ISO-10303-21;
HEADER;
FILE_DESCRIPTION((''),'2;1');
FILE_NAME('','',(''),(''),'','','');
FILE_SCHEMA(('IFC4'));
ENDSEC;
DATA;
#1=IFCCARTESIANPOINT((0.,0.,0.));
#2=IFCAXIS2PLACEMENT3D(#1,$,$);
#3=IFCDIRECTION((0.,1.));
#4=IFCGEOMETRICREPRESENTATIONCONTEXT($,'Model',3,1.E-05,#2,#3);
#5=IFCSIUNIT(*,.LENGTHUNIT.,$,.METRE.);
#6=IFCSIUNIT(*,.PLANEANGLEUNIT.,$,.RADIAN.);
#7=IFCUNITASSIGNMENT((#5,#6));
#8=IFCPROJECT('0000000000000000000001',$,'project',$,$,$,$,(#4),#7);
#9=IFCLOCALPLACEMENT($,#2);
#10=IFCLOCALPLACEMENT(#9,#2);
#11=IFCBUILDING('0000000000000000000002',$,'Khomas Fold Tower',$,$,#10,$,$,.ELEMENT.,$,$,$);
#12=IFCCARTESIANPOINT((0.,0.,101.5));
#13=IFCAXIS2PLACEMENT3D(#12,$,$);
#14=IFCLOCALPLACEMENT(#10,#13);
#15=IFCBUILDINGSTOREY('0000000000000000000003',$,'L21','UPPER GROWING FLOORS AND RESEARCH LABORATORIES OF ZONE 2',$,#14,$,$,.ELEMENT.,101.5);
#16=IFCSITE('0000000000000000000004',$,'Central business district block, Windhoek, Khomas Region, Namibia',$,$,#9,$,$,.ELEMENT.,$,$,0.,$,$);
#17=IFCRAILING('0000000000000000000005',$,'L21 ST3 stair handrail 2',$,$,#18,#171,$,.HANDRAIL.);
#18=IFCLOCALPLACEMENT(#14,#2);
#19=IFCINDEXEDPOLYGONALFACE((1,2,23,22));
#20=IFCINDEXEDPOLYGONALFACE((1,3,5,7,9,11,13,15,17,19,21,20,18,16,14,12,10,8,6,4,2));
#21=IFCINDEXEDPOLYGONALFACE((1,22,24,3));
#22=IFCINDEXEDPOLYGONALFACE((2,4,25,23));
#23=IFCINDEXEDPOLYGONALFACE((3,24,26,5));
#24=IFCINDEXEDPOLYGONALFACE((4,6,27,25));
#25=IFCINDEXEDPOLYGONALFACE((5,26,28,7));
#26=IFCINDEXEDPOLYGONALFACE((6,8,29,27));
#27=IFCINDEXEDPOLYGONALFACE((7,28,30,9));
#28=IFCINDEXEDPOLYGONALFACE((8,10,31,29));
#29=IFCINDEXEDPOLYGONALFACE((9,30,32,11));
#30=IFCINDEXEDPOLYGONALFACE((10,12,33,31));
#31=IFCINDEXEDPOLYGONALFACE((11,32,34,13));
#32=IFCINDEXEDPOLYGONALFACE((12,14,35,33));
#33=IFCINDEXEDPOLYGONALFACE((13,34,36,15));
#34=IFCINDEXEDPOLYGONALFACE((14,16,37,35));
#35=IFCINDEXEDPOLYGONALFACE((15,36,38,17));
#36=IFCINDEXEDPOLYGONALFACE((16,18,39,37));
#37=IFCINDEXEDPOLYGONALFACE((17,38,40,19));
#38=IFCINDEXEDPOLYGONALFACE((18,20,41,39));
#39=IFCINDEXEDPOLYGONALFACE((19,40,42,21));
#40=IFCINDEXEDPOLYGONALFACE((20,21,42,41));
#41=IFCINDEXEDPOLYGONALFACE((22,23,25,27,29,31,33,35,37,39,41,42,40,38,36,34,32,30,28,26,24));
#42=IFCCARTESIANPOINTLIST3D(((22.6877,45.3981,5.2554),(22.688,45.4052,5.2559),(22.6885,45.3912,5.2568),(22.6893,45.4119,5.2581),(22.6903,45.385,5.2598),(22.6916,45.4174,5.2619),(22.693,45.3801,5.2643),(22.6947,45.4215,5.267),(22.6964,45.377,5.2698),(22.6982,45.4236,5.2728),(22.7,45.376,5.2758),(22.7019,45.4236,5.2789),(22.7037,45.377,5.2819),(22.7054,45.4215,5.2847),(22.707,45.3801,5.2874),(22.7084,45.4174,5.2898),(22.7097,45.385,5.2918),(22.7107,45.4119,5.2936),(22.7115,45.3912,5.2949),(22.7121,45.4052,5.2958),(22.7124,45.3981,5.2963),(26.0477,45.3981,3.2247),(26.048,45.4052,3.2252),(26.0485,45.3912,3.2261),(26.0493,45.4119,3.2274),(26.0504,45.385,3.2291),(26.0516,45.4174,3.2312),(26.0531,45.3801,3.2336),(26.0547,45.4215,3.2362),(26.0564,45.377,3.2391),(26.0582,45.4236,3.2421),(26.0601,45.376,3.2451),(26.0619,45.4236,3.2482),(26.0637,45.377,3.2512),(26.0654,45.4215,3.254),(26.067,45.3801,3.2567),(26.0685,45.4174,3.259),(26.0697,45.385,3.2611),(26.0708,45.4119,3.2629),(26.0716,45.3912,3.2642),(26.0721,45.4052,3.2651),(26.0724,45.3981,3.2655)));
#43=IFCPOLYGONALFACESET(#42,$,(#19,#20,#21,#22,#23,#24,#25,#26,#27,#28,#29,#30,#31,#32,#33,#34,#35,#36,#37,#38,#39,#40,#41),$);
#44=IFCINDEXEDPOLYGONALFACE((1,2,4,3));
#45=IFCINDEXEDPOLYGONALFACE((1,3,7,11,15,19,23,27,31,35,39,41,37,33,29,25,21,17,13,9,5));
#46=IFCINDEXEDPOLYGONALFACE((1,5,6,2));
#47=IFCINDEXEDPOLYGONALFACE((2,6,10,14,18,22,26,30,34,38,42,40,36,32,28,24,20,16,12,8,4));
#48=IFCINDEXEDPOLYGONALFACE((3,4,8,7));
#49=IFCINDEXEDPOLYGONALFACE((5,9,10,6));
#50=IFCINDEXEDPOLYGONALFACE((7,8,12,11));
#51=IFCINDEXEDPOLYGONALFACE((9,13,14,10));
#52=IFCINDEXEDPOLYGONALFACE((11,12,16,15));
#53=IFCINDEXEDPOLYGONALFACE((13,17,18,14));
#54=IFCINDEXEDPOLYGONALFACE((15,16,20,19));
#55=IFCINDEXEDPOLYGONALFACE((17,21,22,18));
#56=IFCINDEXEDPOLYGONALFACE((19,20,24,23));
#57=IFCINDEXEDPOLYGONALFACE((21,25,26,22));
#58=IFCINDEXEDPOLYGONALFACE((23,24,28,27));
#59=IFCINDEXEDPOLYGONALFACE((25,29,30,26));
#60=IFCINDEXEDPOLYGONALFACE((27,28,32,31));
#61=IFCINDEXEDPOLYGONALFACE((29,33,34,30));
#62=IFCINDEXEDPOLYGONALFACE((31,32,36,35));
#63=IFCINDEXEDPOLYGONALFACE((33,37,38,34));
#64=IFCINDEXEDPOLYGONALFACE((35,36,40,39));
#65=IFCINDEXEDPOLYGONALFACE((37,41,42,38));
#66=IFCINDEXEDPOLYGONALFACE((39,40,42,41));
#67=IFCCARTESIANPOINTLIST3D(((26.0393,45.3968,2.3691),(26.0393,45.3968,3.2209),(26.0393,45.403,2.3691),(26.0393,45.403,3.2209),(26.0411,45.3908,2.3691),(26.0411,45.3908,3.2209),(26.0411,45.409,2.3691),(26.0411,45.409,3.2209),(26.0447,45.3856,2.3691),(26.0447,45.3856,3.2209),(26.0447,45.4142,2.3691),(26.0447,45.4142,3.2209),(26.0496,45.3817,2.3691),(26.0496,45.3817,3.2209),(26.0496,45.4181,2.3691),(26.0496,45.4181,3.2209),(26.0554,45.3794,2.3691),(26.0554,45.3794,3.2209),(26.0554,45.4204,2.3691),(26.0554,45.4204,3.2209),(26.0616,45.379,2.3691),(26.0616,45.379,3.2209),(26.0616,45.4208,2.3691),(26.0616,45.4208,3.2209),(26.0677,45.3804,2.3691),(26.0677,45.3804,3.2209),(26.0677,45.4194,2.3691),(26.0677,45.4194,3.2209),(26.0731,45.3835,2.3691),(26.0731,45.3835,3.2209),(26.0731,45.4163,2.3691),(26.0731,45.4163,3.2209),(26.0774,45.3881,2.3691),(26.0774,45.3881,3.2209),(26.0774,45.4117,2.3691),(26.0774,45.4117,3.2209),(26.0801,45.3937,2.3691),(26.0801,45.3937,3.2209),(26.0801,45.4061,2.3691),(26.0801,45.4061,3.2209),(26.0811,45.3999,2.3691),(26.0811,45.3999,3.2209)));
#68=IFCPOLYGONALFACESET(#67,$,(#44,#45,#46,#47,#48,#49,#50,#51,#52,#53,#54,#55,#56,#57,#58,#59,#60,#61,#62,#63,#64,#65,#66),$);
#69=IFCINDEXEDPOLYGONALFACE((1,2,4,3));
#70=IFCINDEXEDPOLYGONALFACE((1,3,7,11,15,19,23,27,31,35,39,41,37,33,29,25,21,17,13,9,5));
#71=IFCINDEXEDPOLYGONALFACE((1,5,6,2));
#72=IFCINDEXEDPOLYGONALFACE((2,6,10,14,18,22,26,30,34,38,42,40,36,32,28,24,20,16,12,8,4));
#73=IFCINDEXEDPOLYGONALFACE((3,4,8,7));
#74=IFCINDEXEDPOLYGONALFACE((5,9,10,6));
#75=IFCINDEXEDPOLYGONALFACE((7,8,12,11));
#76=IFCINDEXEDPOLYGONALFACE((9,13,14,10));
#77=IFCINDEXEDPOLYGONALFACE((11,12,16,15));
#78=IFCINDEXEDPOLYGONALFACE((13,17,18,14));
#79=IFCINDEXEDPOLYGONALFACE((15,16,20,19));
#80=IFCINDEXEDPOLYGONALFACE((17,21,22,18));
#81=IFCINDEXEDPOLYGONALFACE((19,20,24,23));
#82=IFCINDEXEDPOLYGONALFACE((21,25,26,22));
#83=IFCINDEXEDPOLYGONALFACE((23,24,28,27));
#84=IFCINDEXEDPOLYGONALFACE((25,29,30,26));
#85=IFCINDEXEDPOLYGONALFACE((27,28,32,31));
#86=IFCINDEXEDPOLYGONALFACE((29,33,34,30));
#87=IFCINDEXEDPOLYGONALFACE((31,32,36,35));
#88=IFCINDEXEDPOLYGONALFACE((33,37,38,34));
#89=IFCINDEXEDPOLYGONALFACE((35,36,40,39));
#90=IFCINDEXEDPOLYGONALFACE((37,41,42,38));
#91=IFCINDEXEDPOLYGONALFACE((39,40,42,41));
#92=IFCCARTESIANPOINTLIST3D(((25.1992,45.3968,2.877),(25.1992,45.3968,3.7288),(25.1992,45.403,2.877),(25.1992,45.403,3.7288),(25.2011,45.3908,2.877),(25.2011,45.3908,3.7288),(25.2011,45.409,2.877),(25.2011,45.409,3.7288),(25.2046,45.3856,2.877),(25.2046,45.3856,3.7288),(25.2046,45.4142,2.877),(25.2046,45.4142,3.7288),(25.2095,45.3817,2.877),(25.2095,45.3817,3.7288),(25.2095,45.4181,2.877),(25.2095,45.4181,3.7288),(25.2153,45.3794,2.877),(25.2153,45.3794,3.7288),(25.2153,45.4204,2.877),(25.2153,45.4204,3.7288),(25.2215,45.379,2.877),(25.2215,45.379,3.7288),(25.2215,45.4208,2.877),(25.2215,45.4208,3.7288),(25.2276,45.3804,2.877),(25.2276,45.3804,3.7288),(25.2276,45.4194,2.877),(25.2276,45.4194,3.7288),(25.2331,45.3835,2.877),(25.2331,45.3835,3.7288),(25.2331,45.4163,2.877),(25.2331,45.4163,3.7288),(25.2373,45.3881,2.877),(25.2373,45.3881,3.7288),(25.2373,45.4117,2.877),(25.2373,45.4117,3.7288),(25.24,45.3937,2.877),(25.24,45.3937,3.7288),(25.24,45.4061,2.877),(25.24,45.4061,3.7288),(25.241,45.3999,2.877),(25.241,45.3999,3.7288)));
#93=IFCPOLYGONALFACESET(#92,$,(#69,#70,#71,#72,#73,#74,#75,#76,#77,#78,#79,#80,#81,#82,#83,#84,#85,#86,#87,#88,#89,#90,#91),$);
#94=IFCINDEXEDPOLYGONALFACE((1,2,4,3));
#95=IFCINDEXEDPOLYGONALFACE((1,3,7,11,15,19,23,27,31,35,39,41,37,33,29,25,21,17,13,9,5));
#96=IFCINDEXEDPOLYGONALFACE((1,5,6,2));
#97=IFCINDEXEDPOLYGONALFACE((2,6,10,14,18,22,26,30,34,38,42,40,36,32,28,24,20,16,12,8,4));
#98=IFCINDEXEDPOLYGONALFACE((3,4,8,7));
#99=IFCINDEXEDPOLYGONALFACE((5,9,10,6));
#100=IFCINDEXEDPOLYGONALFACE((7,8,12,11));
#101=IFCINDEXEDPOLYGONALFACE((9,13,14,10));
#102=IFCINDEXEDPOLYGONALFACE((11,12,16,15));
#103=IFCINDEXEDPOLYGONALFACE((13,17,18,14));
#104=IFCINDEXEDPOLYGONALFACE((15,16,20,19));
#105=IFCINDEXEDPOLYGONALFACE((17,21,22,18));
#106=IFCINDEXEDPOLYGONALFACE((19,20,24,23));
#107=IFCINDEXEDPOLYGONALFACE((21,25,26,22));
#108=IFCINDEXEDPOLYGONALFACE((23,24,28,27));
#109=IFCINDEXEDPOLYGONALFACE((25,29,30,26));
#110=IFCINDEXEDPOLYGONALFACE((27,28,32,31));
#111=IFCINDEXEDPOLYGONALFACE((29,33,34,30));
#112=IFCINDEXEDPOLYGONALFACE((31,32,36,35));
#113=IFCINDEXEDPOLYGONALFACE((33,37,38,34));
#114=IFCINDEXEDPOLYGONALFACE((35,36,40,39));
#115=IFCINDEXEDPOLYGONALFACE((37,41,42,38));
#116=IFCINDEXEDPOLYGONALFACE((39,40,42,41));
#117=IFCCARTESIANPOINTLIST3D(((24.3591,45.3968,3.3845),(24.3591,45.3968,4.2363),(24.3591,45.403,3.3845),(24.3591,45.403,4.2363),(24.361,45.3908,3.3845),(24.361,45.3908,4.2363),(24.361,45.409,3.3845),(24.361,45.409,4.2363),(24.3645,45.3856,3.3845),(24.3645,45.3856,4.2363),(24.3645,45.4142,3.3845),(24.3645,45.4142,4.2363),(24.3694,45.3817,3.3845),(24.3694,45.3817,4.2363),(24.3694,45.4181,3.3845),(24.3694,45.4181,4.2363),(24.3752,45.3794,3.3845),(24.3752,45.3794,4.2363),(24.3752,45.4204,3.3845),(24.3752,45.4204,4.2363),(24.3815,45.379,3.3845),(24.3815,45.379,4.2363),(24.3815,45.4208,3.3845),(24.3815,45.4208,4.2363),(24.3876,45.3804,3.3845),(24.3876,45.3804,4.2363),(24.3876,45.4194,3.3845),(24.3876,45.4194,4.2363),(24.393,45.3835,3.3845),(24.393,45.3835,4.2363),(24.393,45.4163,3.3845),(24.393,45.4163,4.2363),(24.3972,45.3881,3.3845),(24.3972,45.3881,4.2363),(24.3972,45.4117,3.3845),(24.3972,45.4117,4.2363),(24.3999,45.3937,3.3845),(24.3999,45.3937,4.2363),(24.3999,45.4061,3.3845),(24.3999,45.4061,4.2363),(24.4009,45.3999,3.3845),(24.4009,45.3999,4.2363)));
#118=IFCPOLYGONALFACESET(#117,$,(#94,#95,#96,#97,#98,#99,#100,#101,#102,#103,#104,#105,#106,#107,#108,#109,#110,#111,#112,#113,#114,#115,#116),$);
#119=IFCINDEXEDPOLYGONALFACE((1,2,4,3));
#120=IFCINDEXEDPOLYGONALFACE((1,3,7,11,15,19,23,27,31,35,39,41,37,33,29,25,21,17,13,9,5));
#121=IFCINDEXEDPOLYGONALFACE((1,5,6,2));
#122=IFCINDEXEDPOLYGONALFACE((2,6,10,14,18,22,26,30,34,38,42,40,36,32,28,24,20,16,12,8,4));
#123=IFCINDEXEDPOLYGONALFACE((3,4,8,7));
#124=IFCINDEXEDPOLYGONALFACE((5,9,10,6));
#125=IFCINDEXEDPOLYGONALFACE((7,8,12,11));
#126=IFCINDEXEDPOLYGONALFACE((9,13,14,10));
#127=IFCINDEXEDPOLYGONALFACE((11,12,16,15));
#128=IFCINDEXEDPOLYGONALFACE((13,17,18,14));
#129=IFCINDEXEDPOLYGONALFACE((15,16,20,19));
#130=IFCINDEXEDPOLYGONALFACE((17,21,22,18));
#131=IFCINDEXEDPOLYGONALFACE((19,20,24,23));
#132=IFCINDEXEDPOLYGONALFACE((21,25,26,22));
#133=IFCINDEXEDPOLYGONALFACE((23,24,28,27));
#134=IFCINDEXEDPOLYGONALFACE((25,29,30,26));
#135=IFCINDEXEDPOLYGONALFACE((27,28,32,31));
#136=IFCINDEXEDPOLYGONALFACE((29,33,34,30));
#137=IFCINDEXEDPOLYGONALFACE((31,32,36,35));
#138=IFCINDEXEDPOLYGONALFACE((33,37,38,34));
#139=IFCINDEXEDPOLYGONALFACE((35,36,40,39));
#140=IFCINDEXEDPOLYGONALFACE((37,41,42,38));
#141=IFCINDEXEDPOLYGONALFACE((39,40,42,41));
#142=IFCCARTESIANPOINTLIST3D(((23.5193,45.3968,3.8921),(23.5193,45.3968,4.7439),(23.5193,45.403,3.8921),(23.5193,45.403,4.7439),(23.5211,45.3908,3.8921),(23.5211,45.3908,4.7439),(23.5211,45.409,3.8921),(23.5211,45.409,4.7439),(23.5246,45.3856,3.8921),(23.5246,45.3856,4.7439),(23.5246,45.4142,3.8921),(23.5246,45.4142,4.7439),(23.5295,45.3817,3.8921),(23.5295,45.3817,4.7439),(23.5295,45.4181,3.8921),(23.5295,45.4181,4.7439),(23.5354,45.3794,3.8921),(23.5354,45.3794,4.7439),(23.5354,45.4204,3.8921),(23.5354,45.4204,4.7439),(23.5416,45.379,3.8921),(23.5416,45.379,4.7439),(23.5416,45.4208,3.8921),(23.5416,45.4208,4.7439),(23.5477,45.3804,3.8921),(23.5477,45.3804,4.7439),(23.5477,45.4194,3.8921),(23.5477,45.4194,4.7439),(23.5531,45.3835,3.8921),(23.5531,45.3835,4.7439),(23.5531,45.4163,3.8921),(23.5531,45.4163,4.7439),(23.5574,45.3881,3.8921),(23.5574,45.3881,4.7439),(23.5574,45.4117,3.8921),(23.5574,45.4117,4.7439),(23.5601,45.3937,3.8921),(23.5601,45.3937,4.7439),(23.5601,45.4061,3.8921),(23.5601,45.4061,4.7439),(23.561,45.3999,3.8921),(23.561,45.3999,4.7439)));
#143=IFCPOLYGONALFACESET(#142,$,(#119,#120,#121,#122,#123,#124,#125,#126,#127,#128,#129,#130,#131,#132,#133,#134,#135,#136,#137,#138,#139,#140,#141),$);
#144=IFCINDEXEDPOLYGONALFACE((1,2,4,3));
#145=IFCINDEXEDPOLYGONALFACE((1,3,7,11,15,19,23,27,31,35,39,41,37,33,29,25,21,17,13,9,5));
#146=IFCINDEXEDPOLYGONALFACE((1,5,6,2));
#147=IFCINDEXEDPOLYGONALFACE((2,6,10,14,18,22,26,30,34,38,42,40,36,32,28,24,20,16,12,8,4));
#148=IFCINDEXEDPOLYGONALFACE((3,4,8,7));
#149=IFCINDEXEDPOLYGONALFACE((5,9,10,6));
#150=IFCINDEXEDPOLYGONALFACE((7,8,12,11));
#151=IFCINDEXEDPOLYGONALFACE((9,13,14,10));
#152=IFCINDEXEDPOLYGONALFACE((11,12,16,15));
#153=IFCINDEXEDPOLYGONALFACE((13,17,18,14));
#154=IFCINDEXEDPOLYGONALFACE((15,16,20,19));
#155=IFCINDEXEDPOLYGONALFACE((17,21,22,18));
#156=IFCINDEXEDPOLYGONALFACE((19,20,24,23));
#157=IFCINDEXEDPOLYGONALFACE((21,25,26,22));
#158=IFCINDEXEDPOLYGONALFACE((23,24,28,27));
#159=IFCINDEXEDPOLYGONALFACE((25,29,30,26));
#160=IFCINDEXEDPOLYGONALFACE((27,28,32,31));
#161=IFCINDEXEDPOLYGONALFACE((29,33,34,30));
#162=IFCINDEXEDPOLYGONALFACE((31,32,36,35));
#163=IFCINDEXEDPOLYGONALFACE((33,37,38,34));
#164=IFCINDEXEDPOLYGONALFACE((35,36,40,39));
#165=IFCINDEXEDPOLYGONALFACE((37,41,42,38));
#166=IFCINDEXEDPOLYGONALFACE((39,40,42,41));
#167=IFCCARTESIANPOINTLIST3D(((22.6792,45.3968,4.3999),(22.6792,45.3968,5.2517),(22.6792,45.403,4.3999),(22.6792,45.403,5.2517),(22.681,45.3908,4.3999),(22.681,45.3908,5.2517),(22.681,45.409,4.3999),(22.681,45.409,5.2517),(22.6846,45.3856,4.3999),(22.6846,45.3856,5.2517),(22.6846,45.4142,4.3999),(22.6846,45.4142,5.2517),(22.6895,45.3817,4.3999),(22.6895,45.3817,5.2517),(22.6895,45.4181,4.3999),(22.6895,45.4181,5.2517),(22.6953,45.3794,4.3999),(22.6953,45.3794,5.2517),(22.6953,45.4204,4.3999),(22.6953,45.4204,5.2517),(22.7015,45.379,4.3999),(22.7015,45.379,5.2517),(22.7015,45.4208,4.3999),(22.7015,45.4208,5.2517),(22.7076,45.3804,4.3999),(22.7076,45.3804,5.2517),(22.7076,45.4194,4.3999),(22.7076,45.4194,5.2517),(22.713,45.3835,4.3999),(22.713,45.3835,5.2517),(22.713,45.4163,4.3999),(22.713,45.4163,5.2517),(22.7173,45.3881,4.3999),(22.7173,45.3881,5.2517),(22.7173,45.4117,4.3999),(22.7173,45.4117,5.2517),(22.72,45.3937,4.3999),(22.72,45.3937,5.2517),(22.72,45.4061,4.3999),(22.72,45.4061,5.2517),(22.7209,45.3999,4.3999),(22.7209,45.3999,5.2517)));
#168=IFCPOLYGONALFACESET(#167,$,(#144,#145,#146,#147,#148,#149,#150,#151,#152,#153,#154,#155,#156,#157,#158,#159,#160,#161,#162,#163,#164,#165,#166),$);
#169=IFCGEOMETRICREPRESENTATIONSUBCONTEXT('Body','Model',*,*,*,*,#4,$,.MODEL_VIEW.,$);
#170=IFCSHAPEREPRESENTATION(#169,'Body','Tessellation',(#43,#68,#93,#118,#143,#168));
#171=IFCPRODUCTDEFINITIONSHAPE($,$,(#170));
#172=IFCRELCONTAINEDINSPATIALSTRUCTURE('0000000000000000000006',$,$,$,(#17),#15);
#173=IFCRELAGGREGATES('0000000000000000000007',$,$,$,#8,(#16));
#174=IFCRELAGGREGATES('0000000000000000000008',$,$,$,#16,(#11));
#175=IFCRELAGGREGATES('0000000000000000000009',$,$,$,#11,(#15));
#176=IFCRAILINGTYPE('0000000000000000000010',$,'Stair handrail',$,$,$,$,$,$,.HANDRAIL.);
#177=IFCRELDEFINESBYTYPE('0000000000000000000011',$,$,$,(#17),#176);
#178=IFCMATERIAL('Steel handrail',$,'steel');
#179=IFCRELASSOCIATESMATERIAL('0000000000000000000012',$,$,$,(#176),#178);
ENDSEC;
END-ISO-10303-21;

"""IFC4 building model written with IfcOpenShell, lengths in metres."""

from ifc_helpers import new_model, si_unit, direction, frame, origin, origin_2d, place, context, subcontext, project, spatial, circle, extrude, source, transform, mapped, material, type_object, element, save


model = new_model("IFC4")

# Units and contexts
model_context = context("Model", 3, precision=1e-05, world=origin(), true_north=direction((0.0, 1.0)))
body_context = subcontext(model_context, "Body", "Model", "MODEL_VIEW")
ifc_project = project(units=[si_unit("LENGTHUNIT", "METRE"), si_unit("PLANEANGLEUNIT", "RADIAN")], contexts=[model_context])

# Site, building, storey
site_placement = place(None, origin())
site = spatial("IfcSite", under=ifc_project, at=site_placement, Name="Central business district block, Windhoek, Khomas Region, Namibia", CompositionType="ELEMENT", RefElevation=0.0)
building_placement = place(site_placement, origin())
building = spatial("IfcBuilding", under=site, at=building_placement, Name="Khomas Fold Tower", CompositionType="ELEMENT")
storey_placement = place(building_placement, frame((0.0, 0.0, 101.5)))
storey = spatial("IfcBuildingStorey", under=building, at=storey_placement, Name="L21", Description="UPPER GROWING FLOORS AND RESEARCH LABORATORIES OF ZONE 2", CompositionType="ELEMENT", Elevation=101.5)

# Railing
ifc_material_1 = material(Name="Steel handrail", Category="steel")
railing_type_1 = type_object("IfcRailingType", Name="Stair handrail", PredefinedType="HANDRAIL", material=ifc_material_1)
shared_shape_1 = source(origin(), body_context, "Body", "SweptSolid", [
    extrude(circle(Radius=0.0239, at=origin_2d()), frame((0.0, 0.0, 0.876), z_axis=(-0.855837, 0.0, 0.517246), x_axis=(0.0, -1.0, 0.0)), (0.0, 0.0, 1.0), 3.926),
    extrude(circle(Radius=0.021, at=origin_2d()), origin(), (0.0, 0.0, 1.0), 0.8518),
    extrude(circle(Radius=0.021, at=origin_2d()), frame((-0.8401, 0.0, 0.5078)), (0.0, 0.0, 1.0), 0.8518),
    extrude(circle(Radius=0.021, at=origin_2d()), frame((-1.6802, 0.0, 1.0154)), (0.0, 0.0, 1.0), 0.8518),
    extrude(circle(Radius=0.021, at=origin_2d()), frame((-2.52, 0.0, 1.5229)), (0.0, 0.0, 1.0), 0.8518),
    extrude(circle(Radius=0.021, at=origin_2d()), frame((-3.3601, 0.0, 2.0308)), (0.0, 0.0, 1.0), 0.8518),
])
railing_1_placement = place(storey_placement, frame((26.0601, 45.3999, 2.3691)))
element("IfcRailing", 1, at=railing_1_placement, inside=storey, type_object=railing_type_1, Name="L21 ST3 stair handrail 2", PredefinedType="HANDRAIL", context=body_context, shape_type="MappedRepresentation", body=[
    mapped(shared_shape_1, transform((0.0, 0.0, 0.0))),
])

save(model, "model.ifc")
